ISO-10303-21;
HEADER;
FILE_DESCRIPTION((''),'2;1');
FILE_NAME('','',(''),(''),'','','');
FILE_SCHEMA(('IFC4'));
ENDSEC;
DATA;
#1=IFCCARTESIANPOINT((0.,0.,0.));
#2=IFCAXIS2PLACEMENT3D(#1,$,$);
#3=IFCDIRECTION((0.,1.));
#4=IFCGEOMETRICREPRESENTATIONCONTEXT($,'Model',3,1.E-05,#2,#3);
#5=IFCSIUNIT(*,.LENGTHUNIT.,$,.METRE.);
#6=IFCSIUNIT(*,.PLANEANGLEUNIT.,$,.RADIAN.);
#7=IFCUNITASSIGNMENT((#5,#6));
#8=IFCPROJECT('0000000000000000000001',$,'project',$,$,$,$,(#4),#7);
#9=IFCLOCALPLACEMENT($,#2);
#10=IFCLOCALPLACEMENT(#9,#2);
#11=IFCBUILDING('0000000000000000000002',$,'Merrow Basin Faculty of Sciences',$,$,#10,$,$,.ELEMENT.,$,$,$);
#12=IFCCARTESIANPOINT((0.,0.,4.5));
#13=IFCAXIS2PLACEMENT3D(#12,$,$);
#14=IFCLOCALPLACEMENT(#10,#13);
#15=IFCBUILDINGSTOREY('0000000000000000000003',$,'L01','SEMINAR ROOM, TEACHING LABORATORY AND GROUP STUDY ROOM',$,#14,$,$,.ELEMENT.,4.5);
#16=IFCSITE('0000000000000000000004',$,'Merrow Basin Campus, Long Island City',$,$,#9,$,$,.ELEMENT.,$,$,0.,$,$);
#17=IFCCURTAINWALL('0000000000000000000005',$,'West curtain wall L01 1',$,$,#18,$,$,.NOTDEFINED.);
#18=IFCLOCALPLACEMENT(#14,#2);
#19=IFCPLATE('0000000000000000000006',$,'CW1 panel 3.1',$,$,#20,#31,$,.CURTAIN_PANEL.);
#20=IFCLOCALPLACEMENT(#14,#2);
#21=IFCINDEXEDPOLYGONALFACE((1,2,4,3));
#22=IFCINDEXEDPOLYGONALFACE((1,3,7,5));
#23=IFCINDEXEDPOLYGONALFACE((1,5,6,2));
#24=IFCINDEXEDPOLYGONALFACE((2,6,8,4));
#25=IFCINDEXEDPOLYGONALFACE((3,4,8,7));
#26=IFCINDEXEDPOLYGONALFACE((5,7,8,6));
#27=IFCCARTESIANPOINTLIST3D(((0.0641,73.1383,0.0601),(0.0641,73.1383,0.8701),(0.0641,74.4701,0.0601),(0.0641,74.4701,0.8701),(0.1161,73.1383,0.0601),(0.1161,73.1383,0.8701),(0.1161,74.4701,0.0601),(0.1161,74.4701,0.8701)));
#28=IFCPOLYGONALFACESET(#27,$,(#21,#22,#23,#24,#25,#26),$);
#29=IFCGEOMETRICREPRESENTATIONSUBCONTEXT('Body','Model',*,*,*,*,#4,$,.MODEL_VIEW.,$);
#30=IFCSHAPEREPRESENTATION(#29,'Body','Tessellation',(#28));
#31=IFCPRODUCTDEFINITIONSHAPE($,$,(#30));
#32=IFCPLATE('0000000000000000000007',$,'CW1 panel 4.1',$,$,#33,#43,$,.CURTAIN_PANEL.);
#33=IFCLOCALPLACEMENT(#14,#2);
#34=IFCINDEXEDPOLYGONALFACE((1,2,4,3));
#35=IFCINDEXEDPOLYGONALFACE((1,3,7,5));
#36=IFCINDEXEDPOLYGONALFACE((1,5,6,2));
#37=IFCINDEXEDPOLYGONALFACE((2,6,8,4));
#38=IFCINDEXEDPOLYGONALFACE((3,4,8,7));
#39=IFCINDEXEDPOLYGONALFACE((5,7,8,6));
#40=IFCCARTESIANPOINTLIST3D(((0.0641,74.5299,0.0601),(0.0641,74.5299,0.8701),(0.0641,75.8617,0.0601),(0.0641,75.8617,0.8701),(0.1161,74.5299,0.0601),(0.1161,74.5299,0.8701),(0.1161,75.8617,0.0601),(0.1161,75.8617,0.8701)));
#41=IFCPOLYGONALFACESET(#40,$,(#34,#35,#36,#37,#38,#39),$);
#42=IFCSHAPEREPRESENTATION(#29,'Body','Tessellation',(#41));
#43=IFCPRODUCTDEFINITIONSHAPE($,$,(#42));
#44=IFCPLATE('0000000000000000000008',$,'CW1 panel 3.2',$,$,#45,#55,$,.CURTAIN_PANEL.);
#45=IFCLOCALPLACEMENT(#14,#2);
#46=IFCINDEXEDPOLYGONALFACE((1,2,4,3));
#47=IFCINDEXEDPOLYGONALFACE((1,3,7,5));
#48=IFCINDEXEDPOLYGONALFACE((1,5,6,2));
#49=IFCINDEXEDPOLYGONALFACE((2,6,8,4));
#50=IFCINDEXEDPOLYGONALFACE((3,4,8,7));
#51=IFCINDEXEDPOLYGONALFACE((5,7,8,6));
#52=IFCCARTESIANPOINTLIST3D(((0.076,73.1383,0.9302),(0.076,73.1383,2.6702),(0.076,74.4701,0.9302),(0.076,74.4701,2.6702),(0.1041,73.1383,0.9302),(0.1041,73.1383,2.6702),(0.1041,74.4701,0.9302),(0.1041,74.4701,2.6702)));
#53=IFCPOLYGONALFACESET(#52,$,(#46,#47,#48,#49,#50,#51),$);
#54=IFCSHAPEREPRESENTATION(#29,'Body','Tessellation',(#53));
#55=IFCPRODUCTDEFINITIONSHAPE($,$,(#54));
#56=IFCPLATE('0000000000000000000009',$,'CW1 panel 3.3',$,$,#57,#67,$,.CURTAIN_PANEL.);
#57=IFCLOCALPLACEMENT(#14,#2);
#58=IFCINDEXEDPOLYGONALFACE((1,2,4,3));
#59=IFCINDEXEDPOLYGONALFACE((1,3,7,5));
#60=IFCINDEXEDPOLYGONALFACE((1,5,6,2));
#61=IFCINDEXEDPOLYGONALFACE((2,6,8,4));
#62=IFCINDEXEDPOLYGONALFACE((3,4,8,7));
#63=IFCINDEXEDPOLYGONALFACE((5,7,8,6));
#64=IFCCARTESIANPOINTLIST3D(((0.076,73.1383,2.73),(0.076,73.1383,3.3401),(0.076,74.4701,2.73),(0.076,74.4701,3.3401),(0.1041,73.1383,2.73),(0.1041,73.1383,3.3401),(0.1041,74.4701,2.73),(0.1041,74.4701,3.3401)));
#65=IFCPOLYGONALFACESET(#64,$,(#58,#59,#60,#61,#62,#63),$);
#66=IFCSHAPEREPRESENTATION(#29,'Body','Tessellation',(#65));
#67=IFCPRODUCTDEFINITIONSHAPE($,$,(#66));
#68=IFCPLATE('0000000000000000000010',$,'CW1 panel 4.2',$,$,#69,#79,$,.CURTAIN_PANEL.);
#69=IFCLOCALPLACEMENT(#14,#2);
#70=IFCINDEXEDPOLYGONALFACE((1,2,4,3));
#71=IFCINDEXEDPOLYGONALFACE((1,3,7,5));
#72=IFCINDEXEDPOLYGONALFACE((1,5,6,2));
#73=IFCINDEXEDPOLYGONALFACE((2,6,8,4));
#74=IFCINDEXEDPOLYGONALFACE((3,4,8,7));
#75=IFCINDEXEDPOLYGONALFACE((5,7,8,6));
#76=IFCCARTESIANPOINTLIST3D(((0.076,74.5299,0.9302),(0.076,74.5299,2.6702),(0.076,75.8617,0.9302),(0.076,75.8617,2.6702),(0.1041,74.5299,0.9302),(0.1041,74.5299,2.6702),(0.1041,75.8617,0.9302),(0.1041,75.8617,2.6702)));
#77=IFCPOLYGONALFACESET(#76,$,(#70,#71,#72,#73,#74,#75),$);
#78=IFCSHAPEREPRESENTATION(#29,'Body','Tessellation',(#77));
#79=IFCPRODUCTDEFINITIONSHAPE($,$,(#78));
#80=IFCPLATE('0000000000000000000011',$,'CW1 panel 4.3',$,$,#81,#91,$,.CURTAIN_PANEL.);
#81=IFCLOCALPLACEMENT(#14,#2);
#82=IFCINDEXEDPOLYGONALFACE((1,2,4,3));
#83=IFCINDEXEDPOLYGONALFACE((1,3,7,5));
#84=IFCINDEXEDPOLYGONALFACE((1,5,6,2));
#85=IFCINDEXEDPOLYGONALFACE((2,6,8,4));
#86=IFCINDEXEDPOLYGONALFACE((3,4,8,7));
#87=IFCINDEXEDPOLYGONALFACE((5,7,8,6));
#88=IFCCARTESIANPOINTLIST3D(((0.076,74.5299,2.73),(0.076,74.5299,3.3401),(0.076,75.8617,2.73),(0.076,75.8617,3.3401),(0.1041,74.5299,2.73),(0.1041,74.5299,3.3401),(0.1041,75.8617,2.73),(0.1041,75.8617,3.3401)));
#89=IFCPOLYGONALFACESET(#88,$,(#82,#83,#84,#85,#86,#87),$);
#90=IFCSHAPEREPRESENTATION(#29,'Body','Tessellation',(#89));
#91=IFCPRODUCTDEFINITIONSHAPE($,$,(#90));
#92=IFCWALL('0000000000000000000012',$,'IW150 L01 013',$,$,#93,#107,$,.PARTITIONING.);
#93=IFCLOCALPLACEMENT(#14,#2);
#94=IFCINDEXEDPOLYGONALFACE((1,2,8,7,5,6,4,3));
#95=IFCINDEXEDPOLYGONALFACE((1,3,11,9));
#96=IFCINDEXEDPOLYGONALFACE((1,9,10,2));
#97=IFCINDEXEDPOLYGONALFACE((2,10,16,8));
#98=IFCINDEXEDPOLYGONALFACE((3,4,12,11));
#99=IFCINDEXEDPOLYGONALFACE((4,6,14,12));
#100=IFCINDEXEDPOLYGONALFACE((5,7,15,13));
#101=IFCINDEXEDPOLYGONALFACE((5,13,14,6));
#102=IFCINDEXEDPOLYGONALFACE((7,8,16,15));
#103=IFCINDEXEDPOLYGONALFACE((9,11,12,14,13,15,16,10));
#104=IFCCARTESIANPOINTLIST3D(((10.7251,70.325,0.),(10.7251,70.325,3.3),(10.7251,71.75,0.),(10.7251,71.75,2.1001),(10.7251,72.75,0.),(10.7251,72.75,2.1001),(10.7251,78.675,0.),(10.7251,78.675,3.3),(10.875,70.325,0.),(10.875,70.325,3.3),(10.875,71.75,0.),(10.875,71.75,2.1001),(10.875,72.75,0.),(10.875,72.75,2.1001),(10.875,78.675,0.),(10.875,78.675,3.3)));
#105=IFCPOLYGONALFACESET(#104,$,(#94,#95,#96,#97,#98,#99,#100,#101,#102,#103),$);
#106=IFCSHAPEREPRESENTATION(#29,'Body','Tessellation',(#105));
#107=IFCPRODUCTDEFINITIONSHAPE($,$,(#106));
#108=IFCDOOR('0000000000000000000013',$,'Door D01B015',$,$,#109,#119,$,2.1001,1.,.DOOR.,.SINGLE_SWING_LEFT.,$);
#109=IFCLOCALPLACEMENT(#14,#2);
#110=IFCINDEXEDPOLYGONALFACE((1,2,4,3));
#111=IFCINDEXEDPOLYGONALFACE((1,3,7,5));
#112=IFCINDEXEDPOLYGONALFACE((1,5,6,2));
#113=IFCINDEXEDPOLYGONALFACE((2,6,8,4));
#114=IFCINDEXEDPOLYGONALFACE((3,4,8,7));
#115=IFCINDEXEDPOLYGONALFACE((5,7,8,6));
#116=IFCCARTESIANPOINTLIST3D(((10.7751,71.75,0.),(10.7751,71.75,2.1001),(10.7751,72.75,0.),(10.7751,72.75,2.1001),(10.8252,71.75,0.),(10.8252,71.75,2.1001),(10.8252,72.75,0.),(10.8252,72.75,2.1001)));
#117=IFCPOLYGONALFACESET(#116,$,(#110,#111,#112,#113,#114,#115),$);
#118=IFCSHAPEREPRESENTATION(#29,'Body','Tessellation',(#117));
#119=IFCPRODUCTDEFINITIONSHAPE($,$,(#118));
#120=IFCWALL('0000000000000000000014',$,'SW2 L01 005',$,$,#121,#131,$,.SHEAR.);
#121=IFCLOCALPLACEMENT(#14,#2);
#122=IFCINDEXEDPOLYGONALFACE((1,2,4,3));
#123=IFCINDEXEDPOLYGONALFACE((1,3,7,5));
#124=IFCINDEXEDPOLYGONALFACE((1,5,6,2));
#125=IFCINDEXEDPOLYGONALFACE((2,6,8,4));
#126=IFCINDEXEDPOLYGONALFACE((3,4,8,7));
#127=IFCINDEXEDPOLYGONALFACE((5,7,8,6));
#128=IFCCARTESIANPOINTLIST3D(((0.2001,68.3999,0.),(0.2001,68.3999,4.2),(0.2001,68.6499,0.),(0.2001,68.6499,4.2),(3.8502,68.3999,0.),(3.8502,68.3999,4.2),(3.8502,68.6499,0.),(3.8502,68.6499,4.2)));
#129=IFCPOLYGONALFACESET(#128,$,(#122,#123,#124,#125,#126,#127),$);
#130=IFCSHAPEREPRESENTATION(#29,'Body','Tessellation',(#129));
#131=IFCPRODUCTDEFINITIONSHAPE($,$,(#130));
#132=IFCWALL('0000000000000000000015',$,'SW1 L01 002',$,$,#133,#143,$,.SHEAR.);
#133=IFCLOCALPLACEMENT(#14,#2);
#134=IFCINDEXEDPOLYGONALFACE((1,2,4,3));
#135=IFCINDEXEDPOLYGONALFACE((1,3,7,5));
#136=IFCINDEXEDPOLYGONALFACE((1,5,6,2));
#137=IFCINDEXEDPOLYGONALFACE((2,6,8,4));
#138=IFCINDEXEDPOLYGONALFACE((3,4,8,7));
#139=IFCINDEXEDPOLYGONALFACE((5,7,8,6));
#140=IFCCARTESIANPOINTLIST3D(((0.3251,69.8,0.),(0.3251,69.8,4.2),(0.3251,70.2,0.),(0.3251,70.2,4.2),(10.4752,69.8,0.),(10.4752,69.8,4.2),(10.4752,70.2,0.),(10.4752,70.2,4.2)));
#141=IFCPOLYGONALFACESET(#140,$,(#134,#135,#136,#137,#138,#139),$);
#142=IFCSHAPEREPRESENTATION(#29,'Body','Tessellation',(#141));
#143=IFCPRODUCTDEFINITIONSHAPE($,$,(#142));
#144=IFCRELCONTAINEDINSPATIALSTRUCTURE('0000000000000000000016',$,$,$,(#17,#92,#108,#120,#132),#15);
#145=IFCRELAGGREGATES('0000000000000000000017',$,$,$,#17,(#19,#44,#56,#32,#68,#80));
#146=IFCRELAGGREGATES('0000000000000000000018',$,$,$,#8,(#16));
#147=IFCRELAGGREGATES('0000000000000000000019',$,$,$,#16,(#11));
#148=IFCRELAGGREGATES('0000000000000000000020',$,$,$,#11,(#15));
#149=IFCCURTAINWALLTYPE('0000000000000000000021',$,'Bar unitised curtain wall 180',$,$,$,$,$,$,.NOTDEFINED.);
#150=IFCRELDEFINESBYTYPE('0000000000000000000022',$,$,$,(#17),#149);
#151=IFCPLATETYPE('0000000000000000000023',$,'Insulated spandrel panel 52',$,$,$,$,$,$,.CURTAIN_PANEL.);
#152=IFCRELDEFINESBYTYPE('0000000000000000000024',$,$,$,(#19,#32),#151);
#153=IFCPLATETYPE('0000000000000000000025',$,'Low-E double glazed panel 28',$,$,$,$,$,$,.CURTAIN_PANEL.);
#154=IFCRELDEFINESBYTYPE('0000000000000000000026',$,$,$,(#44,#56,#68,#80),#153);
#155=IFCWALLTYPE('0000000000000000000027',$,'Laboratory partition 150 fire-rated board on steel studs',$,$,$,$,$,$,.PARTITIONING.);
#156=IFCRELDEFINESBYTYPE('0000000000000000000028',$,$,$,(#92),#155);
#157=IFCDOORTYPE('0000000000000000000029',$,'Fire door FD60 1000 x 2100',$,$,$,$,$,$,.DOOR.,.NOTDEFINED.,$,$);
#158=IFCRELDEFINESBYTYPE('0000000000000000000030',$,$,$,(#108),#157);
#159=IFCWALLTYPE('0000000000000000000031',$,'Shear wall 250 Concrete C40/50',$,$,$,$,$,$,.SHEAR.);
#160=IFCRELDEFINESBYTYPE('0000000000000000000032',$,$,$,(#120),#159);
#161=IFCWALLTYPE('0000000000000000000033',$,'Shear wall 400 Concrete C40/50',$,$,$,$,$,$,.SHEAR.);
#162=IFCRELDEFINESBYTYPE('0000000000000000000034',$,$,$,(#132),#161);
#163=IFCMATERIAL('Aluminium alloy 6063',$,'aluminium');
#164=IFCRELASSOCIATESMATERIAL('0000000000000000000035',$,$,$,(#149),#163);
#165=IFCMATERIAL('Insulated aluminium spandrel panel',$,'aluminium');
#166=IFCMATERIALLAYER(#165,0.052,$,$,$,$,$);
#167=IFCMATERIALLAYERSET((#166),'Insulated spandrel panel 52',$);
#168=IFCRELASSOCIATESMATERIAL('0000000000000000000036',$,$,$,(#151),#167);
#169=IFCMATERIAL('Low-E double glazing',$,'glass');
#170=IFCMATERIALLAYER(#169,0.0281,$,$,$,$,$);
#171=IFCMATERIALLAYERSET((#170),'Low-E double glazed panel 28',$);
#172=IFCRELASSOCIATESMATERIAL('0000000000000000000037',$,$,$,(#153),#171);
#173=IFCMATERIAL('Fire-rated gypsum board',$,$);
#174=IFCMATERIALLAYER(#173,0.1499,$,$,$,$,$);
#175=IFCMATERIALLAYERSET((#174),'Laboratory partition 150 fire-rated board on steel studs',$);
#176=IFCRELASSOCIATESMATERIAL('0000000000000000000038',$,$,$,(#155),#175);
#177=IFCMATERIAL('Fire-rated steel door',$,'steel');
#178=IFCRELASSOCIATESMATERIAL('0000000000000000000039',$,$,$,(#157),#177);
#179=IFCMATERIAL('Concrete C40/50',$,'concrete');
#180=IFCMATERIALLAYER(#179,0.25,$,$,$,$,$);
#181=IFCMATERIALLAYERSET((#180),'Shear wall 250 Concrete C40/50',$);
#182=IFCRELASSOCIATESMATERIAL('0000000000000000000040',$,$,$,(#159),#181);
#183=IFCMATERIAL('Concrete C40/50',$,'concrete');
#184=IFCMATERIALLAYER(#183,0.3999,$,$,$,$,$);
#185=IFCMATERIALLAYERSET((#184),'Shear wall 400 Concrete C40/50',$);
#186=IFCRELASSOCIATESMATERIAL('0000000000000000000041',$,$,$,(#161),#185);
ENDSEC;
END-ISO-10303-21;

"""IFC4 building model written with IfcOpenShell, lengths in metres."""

from ifc_helpers import new_model, si_unit, direction, frame, frame_2d, origin, origin_2d, place, context, subcontext, project, spatial, rectangle, extrude, material, layer, layer_set, type_object, element, fill, aggregate, save


model = new_model("IFC4")

# Units and contexts
model_context = context("Model", 3, precision=1e-05, world=origin(), true_north=direction((0.0, 1.0)))
body_context = subcontext(model_context, "Body", "Model", "MODEL_VIEW")
ifc_project = project(units=[si_unit("LENGTHUNIT", "METRE"), si_unit("PLANEANGLEUNIT", "RADIAN")], contexts=[model_context])

# Site, building, storey
site_placement = place(None, origin())
site = spatial("IfcSite", under=ifc_project, at=site_placement, Name="Merrow Basin Campus, Long Island City", CompositionType="ELEMENT", RefElevation=0.0)
building_placement = place(site_placement, origin())
building = spatial("IfcBuilding", under=site, at=building_placement, Name="Merrow Basin Faculty of Sciences", CompositionType="ELEMENT")
storey_placement = place(building_placement, frame((0.0, 0.0, 4.5)))
storey = spatial("IfcBuildingStorey", under=building, at=storey_placement, Name="L01", Description="SEMINAR ROOM, TEACHING LABORATORY AND GROUP STUDY ROOM", CompositionType="ELEMENT", Elevation=4.5)

# Curtain wall
ifc_material_1 = material(Name="Aluminium alloy 6063", Category="aluminium")
curtain_wall_type = type_object("IfcCurtainWallType", Name="Bar unitised curtain wall 180", PredefinedType="NOTDEFINED", material=ifc_material_1)
curtain_wall_placement = place(storey_placement, origin())
curtain_wall = element("IfcCurtainWall", 1, at=curtain_wall_placement, inside=storey, type_object=curtain_wall_type, Name="West curtain wall L01 1", PredefinedType="NOTDEFINED")

# Plates
ifc_material_2 = material(Name="Insulated aluminium spandrel panel", Category="aluminium")
ifc_layer_1 = layer(ifc_material_2, 0.052)
ifc_layer_set_1 = layer_set([ifc_layer_1], Name="Insulated spandrel panel 52")
plate_type_1 = type_object("IfcPlateType", Name="Insulated spandrel panel 52", PredefinedType="CURTAIN_PANEL", material=ifc_layer_set_1)
plate_1_placement = place(storey_placement, frame((0.0901, 73.8042, 0.0601), z_axis=(0.0, 0.0, 1.0), x_axis=(0.0, 1.0, 0.0)))
plate_1 = element("IfcPlate", 2, at=plate_1_placement, type_object=plate_type_1, Name="CW1 panel 3.1", PredefinedType="CURTAIN_PANEL", context=body_context, shape_type="SweptSolid", body=[
    extrude(rectangle(XDim=1.3318, YDim=0.052, at=origin_2d()), origin(), (0.0, 0.0, 1.0), 0.8101),
])
plate_2_placement = place(storey_placement, frame((0.0901, 75.1958, 0.0601), z_axis=(0.0, 0.0, 1.0), x_axis=(0.0, 1.0, 0.0)))
plate_2 = element("IfcPlate", 3, at=plate_2_placement, type_object=plate_type_1, Name="CW1 panel 4.1", PredefinedType="CURTAIN_PANEL", context=body_context, shape_type="SweptSolid", body=[
    extrude(rectangle(XDim=1.3318, YDim=0.052, at=origin_2d()), origin(), (0.0, 0.0, 1.0), 0.8101),
])
ifc_material_3 = material(Name="Low-E double glazing", Category="glass")
ifc_layer_2 = layer(ifc_material_3, 0.0281)
ifc_layer_set_2 = layer_set([ifc_layer_2], Name="Low-E double glazed panel 28")
plate_type_2 = type_object("IfcPlateType", Name="Low-E double glazed panel 28", PredefinedType="CURTAIN_PANEL", material=ifc_layer_set_2)
plate_3_placement = place(storey_placement, frame((0.0901, 73.8042, 0.9302), z_axis=(0.0, 0.0, 1.0), x_axis=(0.0, 1.0, 0.0)))
plate_3 = element("IfcPlate", 4, at=plate_3_placement, type_object=plate_type_2, Name="CW1 panel 3.2", PredefinedType="CURTAIN_PANEL", context=body_context, shape_type="SweptSolid", body=[
    extrude(rectangle(XDim=1.3318, YDim=0.0281, at=origin_2d()), origin(), (0.0, 0.0, 1.0), 1.74),
])
plate_4_placement = place(storey_placement, frame((0.0901, 73.8042, 2.73), z_axis=(0.0, 0.0, 1.0), x_axis=(0.0, 1.0, 0.0)))
plate_4 = element("IfcPlate", 5, at=plate_4_placement, type_object=plate_type_2, Name="CW1 panel 3.3", PredefinedType="CURTAIN_PANEL", context=body_context, shape_type="SweptSolid", body=[
    extrude(rectangle(XDim=1.3318, YDim=0.0281, at=origin_2d()), origin(), (0.0, 0.0, 1.0), 0.6101),
])
plate_5_placement = place(storey_placement, frame((0.0901, 75.1958, 0.9302), z_axis=(0.0, 0.0, 1.0), x_axis=(0.0, 1.0, 0.0)))
plate_5 = element("IfcPlate", 6, at=plate_5_placement, type_object=plate_type_2, Name="CW1 panel 4.2", PredefinedType="CURTAIN_PANEL", context=body_context, shape_type="SweptSolid", body=[
    extrude(rectangle(XDim=1.3318, YDim=0.0281, at=origin_2d()), origin(), (0.0, 0.0, 1.0), 1.74),
])
plate_6_placement = place(storey_placement, frame((0.0901, 75.1958, 2.73), z_axis=(0.0, 0.0, 1.0), x_axis=(0.0, 1.0, 0.0)))
plate_6 = element("IfcPlate", 7, at=plate_6_placement, type_object=plate_type_2, Name="CW1 panel 4.3", PredefinedType="CURTAIN_PANEL", context=body_context, shape_type="SweptSolid", body=[
    extrude(rectangle(XDim=1.3318, YDim=0.0281, at=origin_2d()), origin(), (0.0, 0.0, 1.0), 0.6101),
])
aggregate(curtain_wall, [plate_1, plate_3, plate_4, plate_2, plate_5, plate_6])

# Wall, opening, door
ifc_material_4 = material(Name="Fire-rated gypsum board")
ifc_layer_3 = layer(ifc_material_4, 0.1499)
ifc_layer_set_3 = layer_set([ifc_layer_3], Name="Laboratory partition 150 fire-rated board on steel studs")
wall_type_1 = type_object("IfcWallType", Name="Laboratory partition 150 fire-rated board on steel studs", PredefinedType="PARTITIONING", material=ifc_layer_set_3)
wall_1_placement = place(storey_placement, frame((10.8, 70.325, 0.0), z_axis=(0.0, 0.0, 1.0), x_axis=(0.0, 1.0, 0.0)))
wall_1 = element("IfcWall", 8, at=wall_1_placement, inside=storey, type_object=wall_type_1, Name="IW150 L01 013", PredefinedType="PARTITIONING", context=body_context, shape_type="SweptSolid", body=[
    extrude(rectangle(XDim=8.3501, YDim=0.1499, at=frame_2d((4.175, 0.0))), origin(), (0.0, 0.0, 1.0), 3.3),
])
opening_placement = place(wall_1_placement, frame((1.425, 0.0, 0.0)))
opening = element("IfcOpeningElement", 9, at=opening_placement, cuts=wall_1, PredefinedType="OPENING", context=body_context, shape_type="SweptSolid", body=[
    extrude(rectangle(XDim=1.0, YDim=2.1001, at=frame_2d((0.5, 1.05))), frame((0.0, 0.085, 0.0), z_axis=(0.0, -1.0, 0.0), x_axis=(1.0, 0.0, 0.0)), (0.0, 0.0, 1.0), 0.1699),
])
ifc_material_5 = material(Name="Fire-rated steel door", Category="steel")
door_type = type_object("IfcDoorType", Name="Fire door FD60 1000 x 2100", OperationType="NOTDEFINED", PredefinedType="DOOR", material=ifc_material_5)
door_placement = place(opening_placement, origin())
door = element("IfcDoor", 10, at=door_placement, inside=storey, type_object=door_type, Name="Door D01B015", OperationType="SINGLE_SWING_LEFT", OverallHeight=2.1001, OverallWidth=1.0, PredefinedType="DOOR", context=body_context, shape_type="SweptSolid", body=[
    extrude(rectangle(XDim=1.0, YDim=2.1001, at=frame_2d((0.5, 1.05))), frame((0.0, 0.0249, 0.0), z_axis=(0.0, -1.0, 0.0), x_axis=(1.0, 0.0, 0.0)), (0.0, 0.0, 1.0), 0.05),
])
fill(opening, door)

# Walls
ifc_material_6 = material(Name="Concrete C40/50", Category="concrete")
ifc_layer_4 = layer(ifc_material_6, 0.25)
ifc_layer_set_4 = layer_set([ifc_layer_4], Name="Shear wall 250 Concrete C40/50")
wall_type_2 = type_object("IfcWallType", Name="Shear wall 250 Concrete C40/50", PredefinedType="SHEAR", material=ifc_layer_set_4)
wall_2_placement = place(storey_placement, frame((0.2, 68.5249, 0.0), z_axis=(0.0, 0.0, 1.0), x_axis=(1.0, 0.0, 0.0)))
element("IfcWall", 11, at=wall_2_placement, inside=storey, type_object=wall_type_2, Name="SW2 L01 005", PredefinedType="SHEAR", context=body_context, shape_type="SweptSolid", body=[
    extrude(rectangle(XDim=3.6501, YDim=0.25, at=frame_2d((1.8252, 0.0))), origin(), (0.0, 0.0, 1.0), 4.2),
])
ifc_material_7 = material(Name="Concrete C40/50", Category="concrete")
ifc_layer_5 = layer(ifc_material_7, 0.3999)
ifc_layer_set_5 = layer_set([ifc_layer_5], Name="Shear wall 400 Concrete C40/50")
wall_type_3 = type_object("IfcWallType", Name="Shear wall 400 Concrete C40/50", PredefinedType="SHEAR", material=ifc_layer_set_5)
wall_3_placement = place(storey_placement, frame((0.325, 70.0, 0.0), z_axis=(0.0, 0.0, 1.0), x_axis=(1.0, 0.0, 0.0)))
element("IfcWall", 12, at=wall_3_placement, inside=storey, type_object=wall_type_3, Name="SW1 L01 002", PredefinedType="SHEAR", context=body_context, shape_type="SweptSolid", body=[
    extrude(rectangle(XDim=10.1501, YDim=0.3999, at=frame_2d((5.0752, 0.0))), origin(), (0.0, 0.0, 1.0), 4.2),
])

save(model, "model.ifc")
